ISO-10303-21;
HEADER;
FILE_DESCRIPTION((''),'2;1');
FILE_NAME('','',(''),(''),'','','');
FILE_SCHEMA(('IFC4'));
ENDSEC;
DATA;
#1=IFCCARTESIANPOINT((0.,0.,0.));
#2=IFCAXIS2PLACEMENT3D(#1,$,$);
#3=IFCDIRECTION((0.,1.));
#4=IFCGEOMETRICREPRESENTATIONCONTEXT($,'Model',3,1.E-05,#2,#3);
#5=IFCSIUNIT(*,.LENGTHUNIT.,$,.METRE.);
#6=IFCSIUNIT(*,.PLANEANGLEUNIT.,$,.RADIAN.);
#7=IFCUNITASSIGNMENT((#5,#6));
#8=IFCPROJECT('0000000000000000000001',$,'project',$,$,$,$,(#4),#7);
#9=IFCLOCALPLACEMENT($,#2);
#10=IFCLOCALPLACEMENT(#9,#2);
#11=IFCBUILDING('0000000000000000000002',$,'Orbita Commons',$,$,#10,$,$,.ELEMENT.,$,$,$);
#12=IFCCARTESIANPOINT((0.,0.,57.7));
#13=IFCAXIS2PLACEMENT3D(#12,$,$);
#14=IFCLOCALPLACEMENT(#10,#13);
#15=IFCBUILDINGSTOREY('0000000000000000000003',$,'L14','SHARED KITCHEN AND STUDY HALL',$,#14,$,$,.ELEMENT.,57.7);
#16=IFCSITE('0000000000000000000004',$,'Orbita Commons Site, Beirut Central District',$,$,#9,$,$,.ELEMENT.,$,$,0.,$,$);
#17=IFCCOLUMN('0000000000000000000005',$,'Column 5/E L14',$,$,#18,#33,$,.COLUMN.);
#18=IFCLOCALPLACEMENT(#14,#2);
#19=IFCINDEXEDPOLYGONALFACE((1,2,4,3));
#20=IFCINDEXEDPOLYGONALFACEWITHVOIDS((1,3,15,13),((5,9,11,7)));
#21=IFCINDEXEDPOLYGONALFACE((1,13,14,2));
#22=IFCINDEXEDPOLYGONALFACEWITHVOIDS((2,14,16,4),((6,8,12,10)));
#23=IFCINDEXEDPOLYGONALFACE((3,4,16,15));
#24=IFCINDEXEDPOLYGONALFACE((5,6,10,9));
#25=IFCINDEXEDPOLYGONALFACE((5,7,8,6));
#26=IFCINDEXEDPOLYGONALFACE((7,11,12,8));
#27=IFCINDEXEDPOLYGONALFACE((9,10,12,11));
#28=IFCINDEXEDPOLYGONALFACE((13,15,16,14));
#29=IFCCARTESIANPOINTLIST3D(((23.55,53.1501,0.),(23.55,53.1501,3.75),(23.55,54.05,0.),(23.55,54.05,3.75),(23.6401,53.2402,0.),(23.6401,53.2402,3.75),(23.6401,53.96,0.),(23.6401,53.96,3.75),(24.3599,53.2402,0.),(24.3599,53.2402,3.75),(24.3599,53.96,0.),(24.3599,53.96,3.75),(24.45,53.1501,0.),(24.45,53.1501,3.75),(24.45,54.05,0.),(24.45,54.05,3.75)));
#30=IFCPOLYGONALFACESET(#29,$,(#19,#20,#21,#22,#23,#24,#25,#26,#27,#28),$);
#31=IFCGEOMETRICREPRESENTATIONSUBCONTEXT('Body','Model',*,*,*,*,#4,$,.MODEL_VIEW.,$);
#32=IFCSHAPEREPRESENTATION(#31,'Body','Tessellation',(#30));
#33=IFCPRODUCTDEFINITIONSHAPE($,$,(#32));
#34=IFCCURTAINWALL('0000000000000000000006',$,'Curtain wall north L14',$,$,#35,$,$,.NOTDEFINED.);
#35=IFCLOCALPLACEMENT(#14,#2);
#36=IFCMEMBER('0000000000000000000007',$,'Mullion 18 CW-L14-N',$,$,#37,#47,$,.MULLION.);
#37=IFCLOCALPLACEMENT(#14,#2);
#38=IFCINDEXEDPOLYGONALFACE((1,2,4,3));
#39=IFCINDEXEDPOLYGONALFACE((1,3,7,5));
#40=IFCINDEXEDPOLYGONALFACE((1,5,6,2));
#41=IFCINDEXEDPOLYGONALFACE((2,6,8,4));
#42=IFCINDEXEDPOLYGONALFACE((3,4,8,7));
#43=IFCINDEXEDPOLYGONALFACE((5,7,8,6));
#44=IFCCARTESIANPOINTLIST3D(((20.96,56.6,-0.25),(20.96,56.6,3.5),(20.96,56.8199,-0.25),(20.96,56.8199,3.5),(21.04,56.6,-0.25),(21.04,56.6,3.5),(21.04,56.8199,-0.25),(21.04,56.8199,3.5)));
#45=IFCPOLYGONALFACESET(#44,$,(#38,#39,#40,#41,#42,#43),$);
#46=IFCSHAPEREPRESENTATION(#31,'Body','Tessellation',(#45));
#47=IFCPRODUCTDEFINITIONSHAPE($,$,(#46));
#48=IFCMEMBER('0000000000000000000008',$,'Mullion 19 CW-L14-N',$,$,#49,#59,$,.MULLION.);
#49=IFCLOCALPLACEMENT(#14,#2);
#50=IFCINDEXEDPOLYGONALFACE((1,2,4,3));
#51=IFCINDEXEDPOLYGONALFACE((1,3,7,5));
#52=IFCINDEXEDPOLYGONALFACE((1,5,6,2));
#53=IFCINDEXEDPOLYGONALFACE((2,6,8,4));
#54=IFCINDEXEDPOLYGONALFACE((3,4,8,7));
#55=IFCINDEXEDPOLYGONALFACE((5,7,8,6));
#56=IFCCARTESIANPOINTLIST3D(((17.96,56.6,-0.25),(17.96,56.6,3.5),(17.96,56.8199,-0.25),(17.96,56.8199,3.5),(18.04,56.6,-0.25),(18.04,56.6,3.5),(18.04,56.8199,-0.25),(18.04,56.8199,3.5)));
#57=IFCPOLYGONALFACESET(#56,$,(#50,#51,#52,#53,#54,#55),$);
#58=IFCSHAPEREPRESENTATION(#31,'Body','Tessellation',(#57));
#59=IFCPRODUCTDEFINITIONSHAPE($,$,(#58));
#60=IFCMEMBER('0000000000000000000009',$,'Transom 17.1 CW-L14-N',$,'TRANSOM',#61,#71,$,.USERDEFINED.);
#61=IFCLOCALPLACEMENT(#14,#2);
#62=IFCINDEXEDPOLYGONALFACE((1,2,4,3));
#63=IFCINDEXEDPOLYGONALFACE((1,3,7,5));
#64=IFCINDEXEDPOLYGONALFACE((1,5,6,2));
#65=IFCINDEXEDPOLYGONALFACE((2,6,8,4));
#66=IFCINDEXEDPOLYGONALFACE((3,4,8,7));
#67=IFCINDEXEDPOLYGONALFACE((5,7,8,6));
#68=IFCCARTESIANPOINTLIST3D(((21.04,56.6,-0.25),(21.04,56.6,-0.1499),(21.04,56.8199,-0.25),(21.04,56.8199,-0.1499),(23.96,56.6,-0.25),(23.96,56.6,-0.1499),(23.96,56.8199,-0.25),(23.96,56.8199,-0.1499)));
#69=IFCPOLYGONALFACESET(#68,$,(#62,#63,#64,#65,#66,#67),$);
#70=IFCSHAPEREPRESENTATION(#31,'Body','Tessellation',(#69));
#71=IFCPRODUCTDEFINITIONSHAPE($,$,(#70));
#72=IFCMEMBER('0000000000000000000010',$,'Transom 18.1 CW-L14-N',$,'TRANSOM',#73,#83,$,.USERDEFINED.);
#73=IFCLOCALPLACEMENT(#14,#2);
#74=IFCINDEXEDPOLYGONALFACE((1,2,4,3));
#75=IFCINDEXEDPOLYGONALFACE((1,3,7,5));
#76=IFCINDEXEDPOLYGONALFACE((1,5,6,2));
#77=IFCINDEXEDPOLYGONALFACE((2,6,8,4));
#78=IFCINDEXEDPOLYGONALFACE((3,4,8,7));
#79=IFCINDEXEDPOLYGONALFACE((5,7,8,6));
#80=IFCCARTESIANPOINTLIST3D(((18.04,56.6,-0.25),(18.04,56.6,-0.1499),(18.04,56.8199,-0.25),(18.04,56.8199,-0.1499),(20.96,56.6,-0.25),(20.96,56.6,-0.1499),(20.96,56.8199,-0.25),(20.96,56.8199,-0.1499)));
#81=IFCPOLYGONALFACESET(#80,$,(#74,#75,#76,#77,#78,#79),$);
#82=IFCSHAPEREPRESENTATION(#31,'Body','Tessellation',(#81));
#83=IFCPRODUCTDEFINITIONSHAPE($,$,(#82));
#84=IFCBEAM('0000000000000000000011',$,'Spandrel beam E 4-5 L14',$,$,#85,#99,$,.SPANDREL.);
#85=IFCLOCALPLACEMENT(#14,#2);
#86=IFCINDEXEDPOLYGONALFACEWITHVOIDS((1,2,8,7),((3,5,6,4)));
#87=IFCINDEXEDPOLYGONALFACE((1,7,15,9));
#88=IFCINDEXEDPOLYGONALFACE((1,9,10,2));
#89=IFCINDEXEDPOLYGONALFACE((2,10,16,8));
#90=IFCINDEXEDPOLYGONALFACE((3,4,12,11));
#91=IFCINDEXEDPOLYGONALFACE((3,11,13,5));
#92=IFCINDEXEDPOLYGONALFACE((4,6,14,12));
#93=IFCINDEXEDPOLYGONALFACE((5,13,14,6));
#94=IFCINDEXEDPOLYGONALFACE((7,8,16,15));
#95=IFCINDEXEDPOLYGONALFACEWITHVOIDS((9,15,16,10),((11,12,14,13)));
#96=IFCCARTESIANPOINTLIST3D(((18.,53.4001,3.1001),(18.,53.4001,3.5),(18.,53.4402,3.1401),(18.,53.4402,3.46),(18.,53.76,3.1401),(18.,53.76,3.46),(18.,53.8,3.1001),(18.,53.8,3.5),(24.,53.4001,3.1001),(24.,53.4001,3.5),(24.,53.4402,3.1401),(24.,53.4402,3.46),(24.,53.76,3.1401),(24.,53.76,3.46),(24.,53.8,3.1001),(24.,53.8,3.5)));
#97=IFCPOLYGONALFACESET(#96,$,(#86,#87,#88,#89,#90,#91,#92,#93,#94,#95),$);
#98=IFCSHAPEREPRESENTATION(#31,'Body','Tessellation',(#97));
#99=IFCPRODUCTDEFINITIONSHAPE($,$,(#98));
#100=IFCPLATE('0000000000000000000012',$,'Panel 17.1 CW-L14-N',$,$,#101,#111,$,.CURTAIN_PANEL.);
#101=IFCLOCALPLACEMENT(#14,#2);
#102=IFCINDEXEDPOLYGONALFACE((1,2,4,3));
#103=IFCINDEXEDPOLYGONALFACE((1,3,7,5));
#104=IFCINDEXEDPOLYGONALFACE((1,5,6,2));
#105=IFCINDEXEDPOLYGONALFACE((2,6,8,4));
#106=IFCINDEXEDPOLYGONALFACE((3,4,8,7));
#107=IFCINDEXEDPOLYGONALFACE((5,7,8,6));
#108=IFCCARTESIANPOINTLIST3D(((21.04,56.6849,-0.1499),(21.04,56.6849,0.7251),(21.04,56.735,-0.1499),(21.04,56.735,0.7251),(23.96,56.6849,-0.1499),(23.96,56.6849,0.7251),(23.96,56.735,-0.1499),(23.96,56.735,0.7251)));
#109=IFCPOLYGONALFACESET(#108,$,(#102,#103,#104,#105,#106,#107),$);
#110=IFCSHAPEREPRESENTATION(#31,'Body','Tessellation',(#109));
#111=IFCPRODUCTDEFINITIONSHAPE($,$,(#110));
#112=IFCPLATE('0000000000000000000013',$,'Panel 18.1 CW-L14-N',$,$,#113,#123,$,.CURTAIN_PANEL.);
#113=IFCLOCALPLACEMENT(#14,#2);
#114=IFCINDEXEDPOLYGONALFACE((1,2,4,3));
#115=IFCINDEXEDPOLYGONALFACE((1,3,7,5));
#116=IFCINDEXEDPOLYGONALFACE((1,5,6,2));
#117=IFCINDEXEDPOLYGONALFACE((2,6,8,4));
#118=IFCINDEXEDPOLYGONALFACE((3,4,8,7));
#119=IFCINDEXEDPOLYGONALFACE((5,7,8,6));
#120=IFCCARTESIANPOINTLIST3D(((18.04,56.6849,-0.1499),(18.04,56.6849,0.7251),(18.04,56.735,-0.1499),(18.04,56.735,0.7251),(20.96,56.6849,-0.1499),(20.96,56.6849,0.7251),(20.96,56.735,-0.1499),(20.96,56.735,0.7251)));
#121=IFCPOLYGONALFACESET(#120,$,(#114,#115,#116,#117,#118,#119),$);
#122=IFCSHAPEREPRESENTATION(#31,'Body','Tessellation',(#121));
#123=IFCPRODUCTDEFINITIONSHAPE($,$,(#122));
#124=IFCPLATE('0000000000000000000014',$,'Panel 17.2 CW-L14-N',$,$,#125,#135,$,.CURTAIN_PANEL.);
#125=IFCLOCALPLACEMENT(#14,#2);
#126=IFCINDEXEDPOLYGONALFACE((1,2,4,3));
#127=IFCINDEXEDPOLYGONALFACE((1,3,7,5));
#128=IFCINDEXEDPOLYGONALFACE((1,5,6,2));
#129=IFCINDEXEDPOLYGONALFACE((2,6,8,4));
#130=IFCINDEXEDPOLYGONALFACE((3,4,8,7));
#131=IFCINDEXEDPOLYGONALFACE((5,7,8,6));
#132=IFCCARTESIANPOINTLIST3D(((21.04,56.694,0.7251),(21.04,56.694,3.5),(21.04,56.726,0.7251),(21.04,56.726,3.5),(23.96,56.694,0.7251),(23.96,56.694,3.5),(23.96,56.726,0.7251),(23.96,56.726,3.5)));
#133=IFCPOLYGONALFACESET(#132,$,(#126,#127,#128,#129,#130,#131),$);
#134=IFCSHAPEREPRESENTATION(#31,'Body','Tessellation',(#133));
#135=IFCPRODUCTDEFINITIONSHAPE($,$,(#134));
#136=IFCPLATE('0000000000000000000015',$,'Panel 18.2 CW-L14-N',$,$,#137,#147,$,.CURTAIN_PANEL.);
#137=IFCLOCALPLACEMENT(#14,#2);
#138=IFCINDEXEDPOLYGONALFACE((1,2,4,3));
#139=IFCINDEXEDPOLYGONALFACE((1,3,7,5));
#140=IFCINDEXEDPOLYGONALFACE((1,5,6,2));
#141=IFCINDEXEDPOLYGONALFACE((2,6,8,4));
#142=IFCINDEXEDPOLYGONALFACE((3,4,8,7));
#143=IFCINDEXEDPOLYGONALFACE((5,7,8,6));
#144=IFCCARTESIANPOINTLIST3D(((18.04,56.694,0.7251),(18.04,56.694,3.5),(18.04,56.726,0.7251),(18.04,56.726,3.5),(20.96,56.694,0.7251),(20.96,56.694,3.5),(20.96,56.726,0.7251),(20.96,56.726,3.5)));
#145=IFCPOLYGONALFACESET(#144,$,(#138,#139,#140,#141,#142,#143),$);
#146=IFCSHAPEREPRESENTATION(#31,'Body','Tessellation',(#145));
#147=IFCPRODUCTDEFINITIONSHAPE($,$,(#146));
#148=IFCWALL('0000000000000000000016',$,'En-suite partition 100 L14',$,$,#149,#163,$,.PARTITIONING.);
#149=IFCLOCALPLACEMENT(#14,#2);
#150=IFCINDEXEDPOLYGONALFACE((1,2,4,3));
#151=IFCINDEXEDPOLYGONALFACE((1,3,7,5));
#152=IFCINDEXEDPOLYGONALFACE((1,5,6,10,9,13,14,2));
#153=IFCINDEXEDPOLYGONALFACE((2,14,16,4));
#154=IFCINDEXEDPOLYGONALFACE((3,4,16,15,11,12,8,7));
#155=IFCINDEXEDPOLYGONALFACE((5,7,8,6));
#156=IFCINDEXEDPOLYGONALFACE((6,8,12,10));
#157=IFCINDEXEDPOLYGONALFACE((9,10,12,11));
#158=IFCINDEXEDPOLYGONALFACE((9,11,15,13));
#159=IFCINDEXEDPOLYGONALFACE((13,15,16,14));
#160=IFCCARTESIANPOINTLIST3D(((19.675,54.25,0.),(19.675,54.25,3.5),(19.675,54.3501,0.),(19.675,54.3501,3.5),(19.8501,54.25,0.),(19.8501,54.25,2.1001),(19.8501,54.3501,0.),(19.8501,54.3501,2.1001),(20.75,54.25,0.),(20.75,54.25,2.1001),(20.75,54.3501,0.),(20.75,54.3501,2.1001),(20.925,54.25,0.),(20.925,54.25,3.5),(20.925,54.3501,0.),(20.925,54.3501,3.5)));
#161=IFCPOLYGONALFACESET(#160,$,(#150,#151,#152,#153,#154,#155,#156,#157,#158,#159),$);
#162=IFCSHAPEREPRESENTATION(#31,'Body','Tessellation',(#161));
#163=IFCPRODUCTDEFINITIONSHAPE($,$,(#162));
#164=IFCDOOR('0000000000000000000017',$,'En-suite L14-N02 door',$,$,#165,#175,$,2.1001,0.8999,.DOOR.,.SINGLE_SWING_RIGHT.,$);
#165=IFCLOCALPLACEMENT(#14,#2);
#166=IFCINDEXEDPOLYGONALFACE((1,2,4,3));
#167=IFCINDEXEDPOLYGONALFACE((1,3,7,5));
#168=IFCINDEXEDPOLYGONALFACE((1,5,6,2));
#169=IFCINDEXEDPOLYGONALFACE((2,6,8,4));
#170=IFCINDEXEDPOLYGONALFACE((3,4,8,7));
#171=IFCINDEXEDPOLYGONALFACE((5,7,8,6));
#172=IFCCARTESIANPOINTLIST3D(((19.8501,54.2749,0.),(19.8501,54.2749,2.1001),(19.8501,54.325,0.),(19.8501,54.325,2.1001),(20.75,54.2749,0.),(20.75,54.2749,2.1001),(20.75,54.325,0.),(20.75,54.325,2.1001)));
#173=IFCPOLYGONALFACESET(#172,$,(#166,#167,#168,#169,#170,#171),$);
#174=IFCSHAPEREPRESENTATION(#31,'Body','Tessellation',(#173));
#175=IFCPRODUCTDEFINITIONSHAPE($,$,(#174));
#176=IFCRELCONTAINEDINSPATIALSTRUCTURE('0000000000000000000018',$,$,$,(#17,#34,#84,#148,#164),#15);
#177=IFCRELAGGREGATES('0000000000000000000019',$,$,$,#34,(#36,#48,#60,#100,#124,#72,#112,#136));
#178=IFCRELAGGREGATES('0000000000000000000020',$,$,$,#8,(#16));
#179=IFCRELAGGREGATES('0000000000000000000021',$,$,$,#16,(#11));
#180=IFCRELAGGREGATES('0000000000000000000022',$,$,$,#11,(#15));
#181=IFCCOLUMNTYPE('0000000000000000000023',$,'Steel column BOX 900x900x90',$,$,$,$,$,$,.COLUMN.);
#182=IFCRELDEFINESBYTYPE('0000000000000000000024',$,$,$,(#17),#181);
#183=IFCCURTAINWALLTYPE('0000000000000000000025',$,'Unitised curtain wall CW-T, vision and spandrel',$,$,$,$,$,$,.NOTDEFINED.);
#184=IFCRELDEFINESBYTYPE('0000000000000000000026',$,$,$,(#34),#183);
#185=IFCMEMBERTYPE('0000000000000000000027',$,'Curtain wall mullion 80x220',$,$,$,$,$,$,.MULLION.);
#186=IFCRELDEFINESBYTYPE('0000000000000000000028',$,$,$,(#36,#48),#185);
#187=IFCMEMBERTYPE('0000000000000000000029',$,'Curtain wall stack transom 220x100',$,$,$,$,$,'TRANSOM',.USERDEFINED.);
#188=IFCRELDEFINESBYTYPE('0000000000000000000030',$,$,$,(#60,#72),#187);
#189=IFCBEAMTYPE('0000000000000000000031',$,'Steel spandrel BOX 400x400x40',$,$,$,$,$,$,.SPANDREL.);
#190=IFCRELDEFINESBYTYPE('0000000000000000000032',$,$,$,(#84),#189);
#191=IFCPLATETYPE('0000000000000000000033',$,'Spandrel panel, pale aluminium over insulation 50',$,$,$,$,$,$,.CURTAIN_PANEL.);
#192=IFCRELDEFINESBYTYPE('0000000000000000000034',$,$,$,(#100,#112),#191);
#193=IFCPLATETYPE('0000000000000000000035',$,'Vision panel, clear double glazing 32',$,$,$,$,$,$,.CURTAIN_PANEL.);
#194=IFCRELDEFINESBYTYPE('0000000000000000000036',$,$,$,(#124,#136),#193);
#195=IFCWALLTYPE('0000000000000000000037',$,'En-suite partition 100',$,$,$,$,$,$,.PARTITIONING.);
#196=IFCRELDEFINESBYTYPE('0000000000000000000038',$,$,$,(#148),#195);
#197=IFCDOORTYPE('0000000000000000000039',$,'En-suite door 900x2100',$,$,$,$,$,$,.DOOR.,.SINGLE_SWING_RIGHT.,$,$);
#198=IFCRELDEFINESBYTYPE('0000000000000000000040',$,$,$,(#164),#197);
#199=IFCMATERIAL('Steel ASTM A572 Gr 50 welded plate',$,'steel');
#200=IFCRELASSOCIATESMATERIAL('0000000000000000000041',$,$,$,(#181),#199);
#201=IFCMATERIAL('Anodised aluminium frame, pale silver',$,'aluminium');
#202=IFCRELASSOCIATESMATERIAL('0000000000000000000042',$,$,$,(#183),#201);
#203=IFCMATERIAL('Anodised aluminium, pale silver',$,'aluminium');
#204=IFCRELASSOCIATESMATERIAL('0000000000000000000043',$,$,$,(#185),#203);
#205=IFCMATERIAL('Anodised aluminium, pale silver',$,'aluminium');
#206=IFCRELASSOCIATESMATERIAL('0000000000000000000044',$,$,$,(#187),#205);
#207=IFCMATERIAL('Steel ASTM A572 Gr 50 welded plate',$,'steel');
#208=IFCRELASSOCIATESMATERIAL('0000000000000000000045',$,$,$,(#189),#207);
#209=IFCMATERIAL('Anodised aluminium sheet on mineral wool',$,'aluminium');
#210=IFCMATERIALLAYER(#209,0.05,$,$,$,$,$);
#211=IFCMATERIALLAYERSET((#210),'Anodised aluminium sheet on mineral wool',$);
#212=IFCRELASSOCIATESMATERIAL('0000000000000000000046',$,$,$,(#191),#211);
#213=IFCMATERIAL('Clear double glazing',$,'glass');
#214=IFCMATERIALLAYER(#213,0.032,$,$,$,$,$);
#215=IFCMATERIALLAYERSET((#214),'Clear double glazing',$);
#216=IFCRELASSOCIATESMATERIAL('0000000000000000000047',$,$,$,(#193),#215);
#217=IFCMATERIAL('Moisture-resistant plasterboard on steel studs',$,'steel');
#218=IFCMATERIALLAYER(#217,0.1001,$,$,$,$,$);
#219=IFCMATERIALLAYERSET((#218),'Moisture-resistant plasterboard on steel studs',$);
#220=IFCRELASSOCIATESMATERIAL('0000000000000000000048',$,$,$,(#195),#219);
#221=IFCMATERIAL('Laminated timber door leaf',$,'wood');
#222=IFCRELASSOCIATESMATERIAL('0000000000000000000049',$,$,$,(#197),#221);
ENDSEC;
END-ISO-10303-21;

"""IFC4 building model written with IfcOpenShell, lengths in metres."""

from ifc_helpers import new_model, si_unit, direction, frame, frame_2d, origin, origin_2d, place, context, subcontext, project, spatial, rectangle, hollow_rectangle, extrude, material, layer, layer_set, material_profile, profile_set, type_object, element, fill, aggregate, save


model = new_model("IFC4")

# Units and contexts
model_context = context("Model", 3, precision=1e-05, world=origin(), true_north=direction((0.0, 1.0)))
body_context = subcontext(model_context, "Body", "Model", "MODEL_VIEW")
ifc_project = project(units=[si_unit("LENGTHUNIT", "METRE"), si_unit("PLANEANGLEUNIT", "RADIAN")], contexts=[model_context])

# Site, building, storey
site_placement = place(None, origin())
site = spatial("IfcSite", under=ifc_project, at=site_placement, Name="Orbita Commons Site, Beirut Central District", CompositionType="ELEMENT", RefElevation=0.0)
building_placement = place(site_placement, origin())
building = spatial("IfcBuilding", under=site, at=building_placement, Name="Orbita Commons", CompositionType="ELEMENT")
storey_placement = place(building_placement, frame((0.0, 0.0, 57.7)))
storey = spatial("IfcBuildingStorey", under=building, at=storey_placement, Name="L14", Description="SHARED KITCHEN AND STUDY HALL", CompositionType="ELEMENT", Elevation=57.7)

# Column
ifc_material_1 = material(Name="Steel ASTM A572 Gr 50 welded plate", Category="steel")
ifc_material_profile_1 = material_profile(ifc_material_1, hollow_rectangle(XDim=0.8999, YDim=0.8999, WallThickness=0.0901, at=origin_2d()), Name="BOX 900x900x90")
ifc_profile_set_1 = profile_set([ifc_material_profile_1], Name="Steel ASTM A572 Gr 50 welded plate")
column_type = type_object("IfcColumnType", Name="Steel column BOX 900x900x90", PredefinedType="COLUMN", material=ifc_profile_set_1)
column_placement = place(storey_placement, frame((24.0, 53.6001, 0.0), z_axis=(0.0, 0.0, 1.0), x_axis=(1.0, 0.0, 0.0)))
element("IfcColumn", 1, at=column_placement, inside=storey, type_object=column_type, Name="Column 5/E L14", PredefinedType="COLUMN", context=body_context, shape_type="SweptSolid", body=[
    extrude(hollow_rectangle(XDim=0.8999, YDim=0.8999, WallThickness=0.0901, at=origin_2d()), origin(), (0.0, 0.0, 1.0), 3.75),
])

# Curtain wall, members
ifc_material_2 = material(Name="Anodised aluminium frame, pale silver", Category="aluminium")
curtain_wall_type = type_object("IfcCurtainWallType", Name="Unitised curtain wall CW-T, vision and spandrel", PredefinedType="NOTDEFINED", material=ifc_material_2)
curtain_wall_placement = place(storey_placement, origin())
curtain_wall = element("IfcCurtainWall", 2, at=curtain_wall_placement, inside=storey, type_object=curtain_wall_type, Name="Curtain wall north L14", PredefinedType="NOTDEFINED")
ifc_material_3 = material(Name="Anodised aluminium, pale silver", Category="aluminium")
ifc_material_profile_2 = material_profile(ifc_material_3, rectangle(XDim=0.0801, YDim=0.22, at=origin_2d()), Name="AL 80x220")
ifc_profile_set_2 = profile_set([ifc_material_profile_2], Name="Anodised aluminium, pale silver")
member_type_1 = type_object("IfcMemberType", Name="Curtain wall mullion 80x220", PredefinedType="MULLION", material=ifc_profile_set_2)
member_1_placement = place(storey_placement, frame((21.0, 56.71, -0.25), z_axis=(0.0, 0.0, 1.0), x_axis=(-1.0, 0.0, 0.0)))
member_1 = element("IfcMember", 3, at=member_1_placement, type_object=member_type_1, Name="Mullion 18 CW-L14-N", PredefinedType="MULLION", context=body_context, shape_type="SweptSolid", body=[
    extrude(rectangle(XDim=0.0801, YDim=0.22, at=origin_2d()), origin(), (0.0, 0.0, 1.0), 3.75),
])
member_2_placement = place(storey_placement, frame((18.0, 56.71, -0.25), z_axis=(0.0, 0.0, 1.0), x_axis=(-1.0, 0.0, 0.0)))
member_2 = element("IfcMember", 4, at=member_2_placement, type_object=member_type_1, Name="Mullion 19 CW-L14-N", PredefinedType="MULLION", context=body_context, shape_type="SweptSolid", body=[
    extrude(rectangle(XDim=0.0801, YDim=0.22, at=origin_2d()), origin(), (0.0, 0.0, 1.0), 3.75),
])
ifc_material_4 = material(Name="Anodised aluminium, pale silver", Category="aluminium")
ifc_material_profile_3 = material_profile(ifc_material_4, rectangle(XDim=0.22, YDim=0.1001, at=origin_2d()), Name="AL 220x100")
ifc_profile_set_3 = profile_set([ifc_material_profile_3], Name="Anodised aluminium, pale silver")
member_type_2 = type_object("IfcMemberType", Name="Curtain wall stack transom 220x100", ElementType="TRANSOM", PredefinedType="USERDEFINED", material=ifc_profile_set_3)
member_3_placement = place(storey_placement, frame((23.96, 56.71, -0.2), z_axis=(-1.0, 0.0, 0.0), x_axis=(0.0, -1.0, 0.0)))
member_3 = element("IfcMember", 5, at=member_3_placement, type_object=member_type_2, Name="Transom 17.1 CW-L14-N", ObjectType="TRANSOM", PredefinedType="USERDEFINED", context=body_context, shape_type="SweptSolid", body=[
    extrude(rectangle(XDim=0.22, YDim=0.1001, at=origin_2d()), origin(), (0.0, 0.0, 1.0), 2.9199),
])
member_4_placement = place(storey_placement, frame((20.96, 56.71, -0.2), z_axis=(-1.0, 0.0, 0.0), x_axis=(0.0, -1.0, 0.0)))
member_4 = element("IfcMember", 6, at=member_4_placement, type_object=member_type_2, Name="Transom 18.1 CW-L14-N", ObjectType="TRANSOM", PredefinedType="USERDEFINED", context=body_context, shape_type="SweptSolid", body=[
    extrude(rectangle(XDim=0.22, YDim=0.1001, at=origin_2d()), origin(), (0.0, 0.0, 1.0), 2.9199),
])

# Beam
ifc_material_5 = material(Name="Steel ASTM A572 Gr 50 welded plate", Category="steel")
ifc_material_profile_4 = material_profile(ifc_material_5, hollow_rectangle(XDim=0.3999, YDim=0.3999, WallThickness=0.04, at=origin_2d()), Name="BOX 400x400x40")
ifc_profile_set_4 = profile_set([ifc_material_profile_4], Name="Steel ASTM A572 Gr 50 welded plate")
beam_type = type_object("IfcBeamType", Name="Steel spandrel BOX 400x400x40", PredefinedType="SPANDREL", material=ifc_profile_set_4)
beam_placement = place(storey_placement, frame((18.0, 53.6001, 3.3), z_axis=(1.0, 0.0, 0.0), x_axis=(0.0, 1.0, 0.0)))
element("IfcBeam", 7, at=beam_placement, inside=storey, type_object=beam_type, Name="Spandrel beam E 4-5 L14", PredefinedType="SPANDREL", context=body_context, shape_type="SweptSolid", body=[
    extrude(hollow_rectangle(XDim=0.3999, YDim=0.3999, WallThickness=0.04, at=origin_2d()), origin(), (0.0, 0.0, 1.0), 6.0),
])

# Plates
ifc_material_6 = material(Name="Anodised aluminium sheet on mineral wool", Category="aluminium")
ifc_layer_1 = layer(ifc_material_6, 0.05)
ifc_layer_set_1 = layer_set([ifc_layer_1], Name="Anodised aluminium sheet on mineral wool")
plate_type_1 = type_object("IfcPlateType", Name="Spandrel panel, pale aluminium over insulation 50", PredefinedType="CURTAIN_PANEL", material=ifc_layer_set_1)
plate_1_placement = place(storey_placement, frame((22.5, 56.71, -0.1499), z_axis=(0.0, 0.0, 1.0), x_axis=(-1.0, 0.0, 0.0)))
plate_1 = element("IfcPlate", 8, at=plate_1_placement, type_object=plate_type_1, Name="Panel 17.1 CW-L14-N", PredefinedType="CURTAIN_PANEL", context=body_context, shape_type="SweptSolid", body=[
    extrude(rectangle(XDim=2.9199, YDim=0.05, at=origin_2d()), origin(), (0.0, 0.0, 1.0), 0.875),
])
plate_2_placement = place(storey_placement, frame((19.5, 56.71, -0.1499), z_axis=(0.0, 0.0, 1.0), x_axis=(-1.0, 0.0, 0.0)))
plate_2 = element("IfcPlate", 9, at=plate_2_placement, type_object=plate_type_1, Name="Panel 18.1 CW-L14-N", PredefinedType="CURTAIN_PANEL", context=body_context, shape_type="SweptSolid", body=[
    extrude(rectangle(XDim=2.9199, YDim=0.05, at=origin_2d()), origin(), (0.0, 0.0, 1.0), 0.875),
])
ifc_material_7 = material(Name="Clear double glazing", Category="glass")
ifc_layer_2 = layer(ifc_material_7, 0.032)
ifc_layer_set_2 = layer_set([ifc_layer_2], Name="Clear double glazing")
plate_type_2 = type_object("IfcPlateType", Name="Vision panel, clear double glazing 32", PredefinedType="CURTAIN_PANEL", material=ifc_layer_set_2)
plate_3_placement = place(storey_placement, frame((22.5, 56.71, 0.7251), z_axis=(0.0, 0.0, 1.0), x_axis=(-1.0, 0.0, 0.0)))
plate_3 = element("IfcPlate", 10, at=plate_3_placement, type_object=plate_type_2, Name="Panel 17.2 CW-L14-N", PredefinedType="CURTAIN_PANEL", context=body_context, shape_type="SweptSolid", body=[
    extrude(rectangle(XDim=2.9199, YDim=0.032, at=origin_2d()), origin(), (0.0, 0.0, 1.0), 2.7749),
])
plate_4_placement = place(storey_placement, frame((19.5, 56.71, 0.7251), z_axis=(0.0, 0.0, 1.0), x_axis=(-1.0, 0.0, 0.0)))
plate_4 = element("IfcPlate", 11, at=plate_4_placement, type_object=plate_type_2, Name="Panel 18.2 CW-L14-N", PredefinedType="CURTAIN_PANEL", context=body_context, shape_type="SweptSolid", body=[
    extrude(rectangle(XDim=2.9199, YDim=0.032, at=origin_2d()), origin(), (0.0, 0.0, 1.0), 2.7749),
])
aggregate(curtain_wall, [member_1, member_2, member_3, plate_1, plate_3, member_4, plate_2, plate_4])

# Wall, opening, door
ifc_material_8 = material(Name="Moisture-resistant plasterboard on steel studs", Category="steel")
ifc_layer_3 = layer(ifc_material_8, 0.1001)
ifc_layer_set_3 = layer_set([ifc_layer_3], Name="Moisture-resistant plasterboard on steel studs")
wall_type_1 = type_object("IfcWallType", Name="En-suite partition 100", PredefinedType="PARTITIONING", material=ifc_layer_set_3)
wall_1_placement = place(storey_placement, frame((19.675, 54.3, 0.0), z_axis=(0.0, 0.0, 1.0), x_axis=(1.0, 0.0, 0.0)))
wall_1 = element("IfcWall", 12, at=wall_1_placement, inside=storey, type_object=wall_type_1, Name="En-suite partition 100 L14", PredefinedType="PARTITIONING", context=body_context, shape_type="SweptSolid", body=[
    extrude(rectangle(XDim=1.25, YDim=0.1001, at=frame_2d((0.625, 0.0))), origin(), (0.0, 0.0, 1.0), 3.5),
])
opening_1_placement = place(wall_1_placement, frame((0.175, 0.0, 0.0)))
opening_1 = element("IfcOpeningElement", 13, at=opening_1_placement, cuts=wall_1, PredefinedType="OPENING", context=body_context, shape_type="SweptSolid", body=[
    extrude(rectangle(XDim=0.8999, YDim=2.1001, at=frame_2d((0.45, 1.05))), frame((0.0, 0.0601, 0.0), z_axis=(0.0, -1.0, 0.0), x_axis=(1.0, 0.0, 0.0)), (0.0, 0.0, 1.0), 0.1201),
])
ifc_material_9 = material(Name="Laminated timber door leaf", Category="wood")
door_type = type_object("IfcDoorType", Name="En-suite door 900x2100", OperationType="SINGLE_SWING_RIGHT", PredefinedType="DOOR", material=ifc_material_9)
door_1_placement = place(opening_1_placement, origin())
door_1 = element("IfcDoor", 14, at=door_1_placement, inside=storey, type_object=door_type, Name="En-suite L14-N02 door", OperationType="SINGLE_SWING_RIGHT", OverallHeight=2.1001, OverallWidth=0.8999, PredefinedType="DOOR", context=body_context, shape_type="SweptSolid", body=[
    extrude(rectangle(XDim=0.8999, YDim=2.1001, at=frame_2d((0.45, 1.05))), frame((0.0, 0.0249, 0.0), z_axis=(0.0, -1.0, 0.0), x_axis=(1.0, 0.0, 0.0)), (0.0, 0.0, 1.0), 0.05),
])
fill(opening_1, door_1)

save(model, "model.ifc")
